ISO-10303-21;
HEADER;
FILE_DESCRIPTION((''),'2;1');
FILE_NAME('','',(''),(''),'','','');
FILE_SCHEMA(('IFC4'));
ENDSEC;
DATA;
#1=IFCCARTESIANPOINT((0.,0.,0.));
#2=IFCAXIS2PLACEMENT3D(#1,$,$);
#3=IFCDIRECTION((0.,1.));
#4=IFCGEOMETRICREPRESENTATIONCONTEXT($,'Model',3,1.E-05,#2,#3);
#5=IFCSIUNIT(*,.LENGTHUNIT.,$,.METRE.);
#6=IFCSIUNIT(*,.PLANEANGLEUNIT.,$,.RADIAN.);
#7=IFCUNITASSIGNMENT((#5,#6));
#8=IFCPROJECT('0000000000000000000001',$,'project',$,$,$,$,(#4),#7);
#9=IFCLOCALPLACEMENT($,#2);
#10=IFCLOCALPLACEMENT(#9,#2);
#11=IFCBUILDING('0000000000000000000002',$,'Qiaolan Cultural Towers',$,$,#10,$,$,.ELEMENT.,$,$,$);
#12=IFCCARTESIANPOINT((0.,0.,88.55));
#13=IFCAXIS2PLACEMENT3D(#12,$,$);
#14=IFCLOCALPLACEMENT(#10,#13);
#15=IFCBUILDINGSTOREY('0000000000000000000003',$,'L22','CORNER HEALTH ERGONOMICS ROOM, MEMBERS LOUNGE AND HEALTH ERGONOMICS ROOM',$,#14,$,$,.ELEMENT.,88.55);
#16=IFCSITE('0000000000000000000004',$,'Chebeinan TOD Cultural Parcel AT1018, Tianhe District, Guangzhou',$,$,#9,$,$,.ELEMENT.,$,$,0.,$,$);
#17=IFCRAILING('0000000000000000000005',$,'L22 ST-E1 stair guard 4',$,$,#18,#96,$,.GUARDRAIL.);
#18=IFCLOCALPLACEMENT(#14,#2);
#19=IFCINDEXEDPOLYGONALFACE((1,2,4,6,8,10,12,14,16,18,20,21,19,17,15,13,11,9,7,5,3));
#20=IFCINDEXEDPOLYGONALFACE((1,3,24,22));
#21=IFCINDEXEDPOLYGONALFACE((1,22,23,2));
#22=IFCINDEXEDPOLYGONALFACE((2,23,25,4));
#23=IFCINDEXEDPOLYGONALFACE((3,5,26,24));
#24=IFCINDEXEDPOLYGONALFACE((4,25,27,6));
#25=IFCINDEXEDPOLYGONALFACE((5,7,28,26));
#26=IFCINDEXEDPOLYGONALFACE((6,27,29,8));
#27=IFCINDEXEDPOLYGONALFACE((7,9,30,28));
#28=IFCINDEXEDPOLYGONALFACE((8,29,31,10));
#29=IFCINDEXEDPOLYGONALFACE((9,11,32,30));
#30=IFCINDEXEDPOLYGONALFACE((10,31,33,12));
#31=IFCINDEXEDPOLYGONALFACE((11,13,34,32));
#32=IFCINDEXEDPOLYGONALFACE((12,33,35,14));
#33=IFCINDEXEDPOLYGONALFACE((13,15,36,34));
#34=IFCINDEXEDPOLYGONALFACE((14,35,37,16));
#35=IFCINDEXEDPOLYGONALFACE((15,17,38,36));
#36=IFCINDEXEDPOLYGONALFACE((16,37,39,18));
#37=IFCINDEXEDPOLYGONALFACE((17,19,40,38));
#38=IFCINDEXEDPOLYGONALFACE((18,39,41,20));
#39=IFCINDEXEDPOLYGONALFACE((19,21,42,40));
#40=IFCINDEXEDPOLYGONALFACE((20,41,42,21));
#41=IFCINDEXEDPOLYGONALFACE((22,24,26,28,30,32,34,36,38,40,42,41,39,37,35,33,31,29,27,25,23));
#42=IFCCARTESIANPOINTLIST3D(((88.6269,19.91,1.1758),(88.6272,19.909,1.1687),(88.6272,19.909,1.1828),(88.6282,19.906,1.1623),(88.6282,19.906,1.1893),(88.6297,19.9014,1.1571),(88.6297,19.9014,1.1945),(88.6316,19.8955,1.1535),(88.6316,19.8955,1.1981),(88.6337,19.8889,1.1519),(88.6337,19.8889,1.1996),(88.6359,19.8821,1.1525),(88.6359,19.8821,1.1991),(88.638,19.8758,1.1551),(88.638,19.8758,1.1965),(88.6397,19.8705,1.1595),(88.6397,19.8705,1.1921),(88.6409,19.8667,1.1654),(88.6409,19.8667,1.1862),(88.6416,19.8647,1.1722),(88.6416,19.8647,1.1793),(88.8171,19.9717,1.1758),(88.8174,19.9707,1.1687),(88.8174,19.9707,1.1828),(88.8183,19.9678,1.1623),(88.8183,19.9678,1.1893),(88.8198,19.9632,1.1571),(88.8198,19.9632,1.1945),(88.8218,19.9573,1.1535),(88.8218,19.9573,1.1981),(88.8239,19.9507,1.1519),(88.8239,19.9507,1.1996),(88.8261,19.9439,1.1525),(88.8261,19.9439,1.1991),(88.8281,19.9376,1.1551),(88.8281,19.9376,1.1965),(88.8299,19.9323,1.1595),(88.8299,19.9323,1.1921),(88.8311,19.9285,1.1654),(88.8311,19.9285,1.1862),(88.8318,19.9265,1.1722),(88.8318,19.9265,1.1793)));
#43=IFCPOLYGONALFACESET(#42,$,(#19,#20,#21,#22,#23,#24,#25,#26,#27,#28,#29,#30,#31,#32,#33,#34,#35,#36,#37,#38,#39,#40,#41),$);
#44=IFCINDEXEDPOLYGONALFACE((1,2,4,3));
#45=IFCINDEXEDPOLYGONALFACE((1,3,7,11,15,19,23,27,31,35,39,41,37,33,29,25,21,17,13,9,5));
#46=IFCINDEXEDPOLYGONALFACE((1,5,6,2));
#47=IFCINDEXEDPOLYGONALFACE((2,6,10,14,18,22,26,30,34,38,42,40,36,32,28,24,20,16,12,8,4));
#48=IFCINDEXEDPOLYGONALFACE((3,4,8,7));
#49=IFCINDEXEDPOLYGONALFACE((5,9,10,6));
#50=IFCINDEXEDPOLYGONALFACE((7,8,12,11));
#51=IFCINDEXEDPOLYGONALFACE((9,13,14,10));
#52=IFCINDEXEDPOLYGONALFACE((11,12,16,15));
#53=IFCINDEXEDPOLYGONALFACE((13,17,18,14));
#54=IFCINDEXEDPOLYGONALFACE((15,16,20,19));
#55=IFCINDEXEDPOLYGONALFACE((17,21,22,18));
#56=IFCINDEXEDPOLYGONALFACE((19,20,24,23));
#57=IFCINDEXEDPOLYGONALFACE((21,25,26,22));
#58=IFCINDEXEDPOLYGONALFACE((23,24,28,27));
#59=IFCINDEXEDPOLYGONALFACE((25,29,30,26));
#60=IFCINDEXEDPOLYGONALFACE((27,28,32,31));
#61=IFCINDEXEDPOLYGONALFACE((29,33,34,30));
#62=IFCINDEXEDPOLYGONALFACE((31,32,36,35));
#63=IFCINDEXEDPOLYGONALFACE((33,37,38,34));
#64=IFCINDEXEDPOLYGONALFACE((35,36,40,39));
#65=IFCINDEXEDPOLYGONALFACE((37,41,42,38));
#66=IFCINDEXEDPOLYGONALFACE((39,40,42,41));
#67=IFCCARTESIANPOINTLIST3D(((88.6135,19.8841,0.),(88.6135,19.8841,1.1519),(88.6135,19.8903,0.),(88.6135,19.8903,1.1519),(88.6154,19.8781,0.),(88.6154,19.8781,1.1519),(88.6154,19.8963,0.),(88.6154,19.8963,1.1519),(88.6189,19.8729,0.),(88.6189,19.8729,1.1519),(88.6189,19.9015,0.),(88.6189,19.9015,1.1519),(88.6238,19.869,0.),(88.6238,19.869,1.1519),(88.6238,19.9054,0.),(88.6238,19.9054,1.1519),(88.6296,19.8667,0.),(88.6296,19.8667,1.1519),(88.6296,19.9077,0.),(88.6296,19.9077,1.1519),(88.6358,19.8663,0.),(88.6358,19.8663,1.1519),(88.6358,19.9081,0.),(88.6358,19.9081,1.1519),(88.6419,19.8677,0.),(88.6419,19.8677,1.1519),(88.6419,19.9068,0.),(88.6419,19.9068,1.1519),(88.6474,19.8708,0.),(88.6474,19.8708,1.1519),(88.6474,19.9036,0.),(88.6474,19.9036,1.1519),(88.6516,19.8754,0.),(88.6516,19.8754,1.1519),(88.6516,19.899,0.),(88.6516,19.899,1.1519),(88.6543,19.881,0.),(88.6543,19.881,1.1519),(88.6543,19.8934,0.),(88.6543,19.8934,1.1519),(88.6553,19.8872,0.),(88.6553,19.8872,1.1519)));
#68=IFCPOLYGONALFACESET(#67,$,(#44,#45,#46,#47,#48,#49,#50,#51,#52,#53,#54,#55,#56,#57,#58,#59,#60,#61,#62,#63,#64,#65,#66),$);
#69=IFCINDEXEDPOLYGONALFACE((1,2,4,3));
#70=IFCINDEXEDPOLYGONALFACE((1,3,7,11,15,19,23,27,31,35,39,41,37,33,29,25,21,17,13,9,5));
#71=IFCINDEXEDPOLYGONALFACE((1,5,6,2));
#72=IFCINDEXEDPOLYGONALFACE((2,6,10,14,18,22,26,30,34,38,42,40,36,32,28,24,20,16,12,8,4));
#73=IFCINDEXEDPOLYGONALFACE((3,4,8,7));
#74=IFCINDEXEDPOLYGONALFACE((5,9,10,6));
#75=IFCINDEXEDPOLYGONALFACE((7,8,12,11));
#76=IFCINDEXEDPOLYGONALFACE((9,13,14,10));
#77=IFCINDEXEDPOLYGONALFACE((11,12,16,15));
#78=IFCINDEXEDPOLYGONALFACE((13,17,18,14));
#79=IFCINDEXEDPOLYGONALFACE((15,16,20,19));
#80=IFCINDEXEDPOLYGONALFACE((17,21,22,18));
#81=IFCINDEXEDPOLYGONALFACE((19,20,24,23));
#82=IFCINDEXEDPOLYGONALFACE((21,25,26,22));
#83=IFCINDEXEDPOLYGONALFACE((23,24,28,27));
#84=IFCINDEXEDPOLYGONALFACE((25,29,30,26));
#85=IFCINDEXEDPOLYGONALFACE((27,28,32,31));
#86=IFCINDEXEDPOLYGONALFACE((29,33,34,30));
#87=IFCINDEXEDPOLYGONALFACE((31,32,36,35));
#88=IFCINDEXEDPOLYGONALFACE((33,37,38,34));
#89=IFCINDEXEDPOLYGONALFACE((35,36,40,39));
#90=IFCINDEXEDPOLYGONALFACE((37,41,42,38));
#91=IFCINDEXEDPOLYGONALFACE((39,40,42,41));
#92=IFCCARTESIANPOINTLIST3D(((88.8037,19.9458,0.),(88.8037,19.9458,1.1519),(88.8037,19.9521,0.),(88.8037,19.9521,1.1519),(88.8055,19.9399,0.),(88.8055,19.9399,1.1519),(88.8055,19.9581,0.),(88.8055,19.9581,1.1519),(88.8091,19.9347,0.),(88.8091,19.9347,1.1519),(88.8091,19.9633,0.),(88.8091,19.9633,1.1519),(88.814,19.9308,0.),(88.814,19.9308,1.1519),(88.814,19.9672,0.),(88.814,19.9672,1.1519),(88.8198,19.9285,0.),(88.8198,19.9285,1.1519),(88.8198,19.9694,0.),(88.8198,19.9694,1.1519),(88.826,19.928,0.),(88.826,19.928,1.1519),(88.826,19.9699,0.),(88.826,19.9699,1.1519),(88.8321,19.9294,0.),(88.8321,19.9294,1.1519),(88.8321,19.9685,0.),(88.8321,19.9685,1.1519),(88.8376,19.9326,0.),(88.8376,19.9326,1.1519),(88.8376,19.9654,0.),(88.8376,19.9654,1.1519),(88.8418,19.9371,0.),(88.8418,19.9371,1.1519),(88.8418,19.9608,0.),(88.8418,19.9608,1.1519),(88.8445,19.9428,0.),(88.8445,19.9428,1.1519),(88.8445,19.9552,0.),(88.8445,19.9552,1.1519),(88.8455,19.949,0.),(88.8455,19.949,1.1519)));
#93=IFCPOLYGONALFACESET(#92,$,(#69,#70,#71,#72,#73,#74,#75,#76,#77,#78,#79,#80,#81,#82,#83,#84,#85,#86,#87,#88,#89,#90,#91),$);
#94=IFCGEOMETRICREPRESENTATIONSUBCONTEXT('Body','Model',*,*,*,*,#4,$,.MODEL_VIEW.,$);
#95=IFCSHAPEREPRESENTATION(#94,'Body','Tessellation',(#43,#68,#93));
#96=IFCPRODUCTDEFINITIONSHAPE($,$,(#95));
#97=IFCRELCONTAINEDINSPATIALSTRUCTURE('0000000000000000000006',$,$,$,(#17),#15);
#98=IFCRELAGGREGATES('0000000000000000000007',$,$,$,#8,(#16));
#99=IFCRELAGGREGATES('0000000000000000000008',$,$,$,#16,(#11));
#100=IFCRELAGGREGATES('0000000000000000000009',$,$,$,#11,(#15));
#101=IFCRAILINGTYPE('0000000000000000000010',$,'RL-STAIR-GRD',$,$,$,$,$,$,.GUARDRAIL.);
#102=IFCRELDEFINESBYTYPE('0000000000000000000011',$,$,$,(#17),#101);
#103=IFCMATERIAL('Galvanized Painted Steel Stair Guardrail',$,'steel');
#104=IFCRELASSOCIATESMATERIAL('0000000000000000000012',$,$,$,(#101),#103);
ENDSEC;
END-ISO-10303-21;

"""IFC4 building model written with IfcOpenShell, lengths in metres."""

from ifc_helpers import new_model, si_unit, direction, frame, origin, origin_2d, place, context, subcontext, project, spatial, circle, extrude, material, type_object, element, save


model = new_model("IFC4")

# Units and contexts
model_context = context("Model", 3, precision=1e-05, world=origin(), true_north=direction((0.0, 1.0)))
body_context = subcontext(model_context, "Body", "Model", "MODEL_VIEW")
ifc_project = project(units=[si_unit("LENGTHUNIT", "METRE"), si_unit("PLANEANGLEUNIT", "RADIAN")], contexts=[model_context])

# Site, building, storey
site_placement = place(None, origin())
site = spatial("IfcSite", under=ifc_project, at=site_placement, Name="Chebeinan TOD Cultural Parcel AT1018, Tianhe District, Guangzhou", CompositionType="ELEMENT", RefElevation=0.0)
building_placement = place(site_placement, origin())
building = spatial("IfcBuilding", under=site, at=building_placement, Name="Qiaolan Cultural Towers", CompositionType="ELEMENT")
storey_placement = place(building_placement, frame((0.0, 0.0, 88.55)))
storey = spatial("IfcBuildingStorey", under=building, at=storey_placement, Name="L22", Description="CORNER HEALTH ERGONOMICS ROOM, MEMBERS LOUNGE AND HEALTH ERGONOMICS ROOM", CompositionType="ELEMENT", Elevation=88.55)

# Railing
ifc_material_1 = material(Name="Galvanized Painted Steel Stair Guardrail", Category="steel")
railing_type_1 = type_object("IfcRailingType", Name="RL-STAIR-GRD", PredefinedType="GUARDRAIL", material=ifc_material_1)
railing_1_placement = place(storey_placement, frame((88.6343, 19.8872, 0.0)))
element("IfcRailing", 1, at=railing_1_placement, inside=storey, type_object=railing_type_1, Name="L22 ST-E1 stair guard 4", PredefinedType="GUARDRAIL", context=body_context, shape_type="SweptSolid", body=[
    extrude(circle(Radius=0.0239, at=origin_2d()), frame((0.0, 0.0, 1.1758), z_axis=(0.951097, 0.308893, 0.0), x_axis=(-0.308893, 0.951097, 0.0)), (0.0, 0.0, 1.0), 0.2),
    extrude(circle(Radius=0.021, at=origin_2d()), origin(), (0.0, 0.0, 1.0), 1.1519),
    extrude(circle(Radius=0.021, at=origin_2d()), frame((0.1902, 0.0618, 0.0)), (0.0, 0.0, 1.0), 1.1519),
])

save(model, "model.ifc")
